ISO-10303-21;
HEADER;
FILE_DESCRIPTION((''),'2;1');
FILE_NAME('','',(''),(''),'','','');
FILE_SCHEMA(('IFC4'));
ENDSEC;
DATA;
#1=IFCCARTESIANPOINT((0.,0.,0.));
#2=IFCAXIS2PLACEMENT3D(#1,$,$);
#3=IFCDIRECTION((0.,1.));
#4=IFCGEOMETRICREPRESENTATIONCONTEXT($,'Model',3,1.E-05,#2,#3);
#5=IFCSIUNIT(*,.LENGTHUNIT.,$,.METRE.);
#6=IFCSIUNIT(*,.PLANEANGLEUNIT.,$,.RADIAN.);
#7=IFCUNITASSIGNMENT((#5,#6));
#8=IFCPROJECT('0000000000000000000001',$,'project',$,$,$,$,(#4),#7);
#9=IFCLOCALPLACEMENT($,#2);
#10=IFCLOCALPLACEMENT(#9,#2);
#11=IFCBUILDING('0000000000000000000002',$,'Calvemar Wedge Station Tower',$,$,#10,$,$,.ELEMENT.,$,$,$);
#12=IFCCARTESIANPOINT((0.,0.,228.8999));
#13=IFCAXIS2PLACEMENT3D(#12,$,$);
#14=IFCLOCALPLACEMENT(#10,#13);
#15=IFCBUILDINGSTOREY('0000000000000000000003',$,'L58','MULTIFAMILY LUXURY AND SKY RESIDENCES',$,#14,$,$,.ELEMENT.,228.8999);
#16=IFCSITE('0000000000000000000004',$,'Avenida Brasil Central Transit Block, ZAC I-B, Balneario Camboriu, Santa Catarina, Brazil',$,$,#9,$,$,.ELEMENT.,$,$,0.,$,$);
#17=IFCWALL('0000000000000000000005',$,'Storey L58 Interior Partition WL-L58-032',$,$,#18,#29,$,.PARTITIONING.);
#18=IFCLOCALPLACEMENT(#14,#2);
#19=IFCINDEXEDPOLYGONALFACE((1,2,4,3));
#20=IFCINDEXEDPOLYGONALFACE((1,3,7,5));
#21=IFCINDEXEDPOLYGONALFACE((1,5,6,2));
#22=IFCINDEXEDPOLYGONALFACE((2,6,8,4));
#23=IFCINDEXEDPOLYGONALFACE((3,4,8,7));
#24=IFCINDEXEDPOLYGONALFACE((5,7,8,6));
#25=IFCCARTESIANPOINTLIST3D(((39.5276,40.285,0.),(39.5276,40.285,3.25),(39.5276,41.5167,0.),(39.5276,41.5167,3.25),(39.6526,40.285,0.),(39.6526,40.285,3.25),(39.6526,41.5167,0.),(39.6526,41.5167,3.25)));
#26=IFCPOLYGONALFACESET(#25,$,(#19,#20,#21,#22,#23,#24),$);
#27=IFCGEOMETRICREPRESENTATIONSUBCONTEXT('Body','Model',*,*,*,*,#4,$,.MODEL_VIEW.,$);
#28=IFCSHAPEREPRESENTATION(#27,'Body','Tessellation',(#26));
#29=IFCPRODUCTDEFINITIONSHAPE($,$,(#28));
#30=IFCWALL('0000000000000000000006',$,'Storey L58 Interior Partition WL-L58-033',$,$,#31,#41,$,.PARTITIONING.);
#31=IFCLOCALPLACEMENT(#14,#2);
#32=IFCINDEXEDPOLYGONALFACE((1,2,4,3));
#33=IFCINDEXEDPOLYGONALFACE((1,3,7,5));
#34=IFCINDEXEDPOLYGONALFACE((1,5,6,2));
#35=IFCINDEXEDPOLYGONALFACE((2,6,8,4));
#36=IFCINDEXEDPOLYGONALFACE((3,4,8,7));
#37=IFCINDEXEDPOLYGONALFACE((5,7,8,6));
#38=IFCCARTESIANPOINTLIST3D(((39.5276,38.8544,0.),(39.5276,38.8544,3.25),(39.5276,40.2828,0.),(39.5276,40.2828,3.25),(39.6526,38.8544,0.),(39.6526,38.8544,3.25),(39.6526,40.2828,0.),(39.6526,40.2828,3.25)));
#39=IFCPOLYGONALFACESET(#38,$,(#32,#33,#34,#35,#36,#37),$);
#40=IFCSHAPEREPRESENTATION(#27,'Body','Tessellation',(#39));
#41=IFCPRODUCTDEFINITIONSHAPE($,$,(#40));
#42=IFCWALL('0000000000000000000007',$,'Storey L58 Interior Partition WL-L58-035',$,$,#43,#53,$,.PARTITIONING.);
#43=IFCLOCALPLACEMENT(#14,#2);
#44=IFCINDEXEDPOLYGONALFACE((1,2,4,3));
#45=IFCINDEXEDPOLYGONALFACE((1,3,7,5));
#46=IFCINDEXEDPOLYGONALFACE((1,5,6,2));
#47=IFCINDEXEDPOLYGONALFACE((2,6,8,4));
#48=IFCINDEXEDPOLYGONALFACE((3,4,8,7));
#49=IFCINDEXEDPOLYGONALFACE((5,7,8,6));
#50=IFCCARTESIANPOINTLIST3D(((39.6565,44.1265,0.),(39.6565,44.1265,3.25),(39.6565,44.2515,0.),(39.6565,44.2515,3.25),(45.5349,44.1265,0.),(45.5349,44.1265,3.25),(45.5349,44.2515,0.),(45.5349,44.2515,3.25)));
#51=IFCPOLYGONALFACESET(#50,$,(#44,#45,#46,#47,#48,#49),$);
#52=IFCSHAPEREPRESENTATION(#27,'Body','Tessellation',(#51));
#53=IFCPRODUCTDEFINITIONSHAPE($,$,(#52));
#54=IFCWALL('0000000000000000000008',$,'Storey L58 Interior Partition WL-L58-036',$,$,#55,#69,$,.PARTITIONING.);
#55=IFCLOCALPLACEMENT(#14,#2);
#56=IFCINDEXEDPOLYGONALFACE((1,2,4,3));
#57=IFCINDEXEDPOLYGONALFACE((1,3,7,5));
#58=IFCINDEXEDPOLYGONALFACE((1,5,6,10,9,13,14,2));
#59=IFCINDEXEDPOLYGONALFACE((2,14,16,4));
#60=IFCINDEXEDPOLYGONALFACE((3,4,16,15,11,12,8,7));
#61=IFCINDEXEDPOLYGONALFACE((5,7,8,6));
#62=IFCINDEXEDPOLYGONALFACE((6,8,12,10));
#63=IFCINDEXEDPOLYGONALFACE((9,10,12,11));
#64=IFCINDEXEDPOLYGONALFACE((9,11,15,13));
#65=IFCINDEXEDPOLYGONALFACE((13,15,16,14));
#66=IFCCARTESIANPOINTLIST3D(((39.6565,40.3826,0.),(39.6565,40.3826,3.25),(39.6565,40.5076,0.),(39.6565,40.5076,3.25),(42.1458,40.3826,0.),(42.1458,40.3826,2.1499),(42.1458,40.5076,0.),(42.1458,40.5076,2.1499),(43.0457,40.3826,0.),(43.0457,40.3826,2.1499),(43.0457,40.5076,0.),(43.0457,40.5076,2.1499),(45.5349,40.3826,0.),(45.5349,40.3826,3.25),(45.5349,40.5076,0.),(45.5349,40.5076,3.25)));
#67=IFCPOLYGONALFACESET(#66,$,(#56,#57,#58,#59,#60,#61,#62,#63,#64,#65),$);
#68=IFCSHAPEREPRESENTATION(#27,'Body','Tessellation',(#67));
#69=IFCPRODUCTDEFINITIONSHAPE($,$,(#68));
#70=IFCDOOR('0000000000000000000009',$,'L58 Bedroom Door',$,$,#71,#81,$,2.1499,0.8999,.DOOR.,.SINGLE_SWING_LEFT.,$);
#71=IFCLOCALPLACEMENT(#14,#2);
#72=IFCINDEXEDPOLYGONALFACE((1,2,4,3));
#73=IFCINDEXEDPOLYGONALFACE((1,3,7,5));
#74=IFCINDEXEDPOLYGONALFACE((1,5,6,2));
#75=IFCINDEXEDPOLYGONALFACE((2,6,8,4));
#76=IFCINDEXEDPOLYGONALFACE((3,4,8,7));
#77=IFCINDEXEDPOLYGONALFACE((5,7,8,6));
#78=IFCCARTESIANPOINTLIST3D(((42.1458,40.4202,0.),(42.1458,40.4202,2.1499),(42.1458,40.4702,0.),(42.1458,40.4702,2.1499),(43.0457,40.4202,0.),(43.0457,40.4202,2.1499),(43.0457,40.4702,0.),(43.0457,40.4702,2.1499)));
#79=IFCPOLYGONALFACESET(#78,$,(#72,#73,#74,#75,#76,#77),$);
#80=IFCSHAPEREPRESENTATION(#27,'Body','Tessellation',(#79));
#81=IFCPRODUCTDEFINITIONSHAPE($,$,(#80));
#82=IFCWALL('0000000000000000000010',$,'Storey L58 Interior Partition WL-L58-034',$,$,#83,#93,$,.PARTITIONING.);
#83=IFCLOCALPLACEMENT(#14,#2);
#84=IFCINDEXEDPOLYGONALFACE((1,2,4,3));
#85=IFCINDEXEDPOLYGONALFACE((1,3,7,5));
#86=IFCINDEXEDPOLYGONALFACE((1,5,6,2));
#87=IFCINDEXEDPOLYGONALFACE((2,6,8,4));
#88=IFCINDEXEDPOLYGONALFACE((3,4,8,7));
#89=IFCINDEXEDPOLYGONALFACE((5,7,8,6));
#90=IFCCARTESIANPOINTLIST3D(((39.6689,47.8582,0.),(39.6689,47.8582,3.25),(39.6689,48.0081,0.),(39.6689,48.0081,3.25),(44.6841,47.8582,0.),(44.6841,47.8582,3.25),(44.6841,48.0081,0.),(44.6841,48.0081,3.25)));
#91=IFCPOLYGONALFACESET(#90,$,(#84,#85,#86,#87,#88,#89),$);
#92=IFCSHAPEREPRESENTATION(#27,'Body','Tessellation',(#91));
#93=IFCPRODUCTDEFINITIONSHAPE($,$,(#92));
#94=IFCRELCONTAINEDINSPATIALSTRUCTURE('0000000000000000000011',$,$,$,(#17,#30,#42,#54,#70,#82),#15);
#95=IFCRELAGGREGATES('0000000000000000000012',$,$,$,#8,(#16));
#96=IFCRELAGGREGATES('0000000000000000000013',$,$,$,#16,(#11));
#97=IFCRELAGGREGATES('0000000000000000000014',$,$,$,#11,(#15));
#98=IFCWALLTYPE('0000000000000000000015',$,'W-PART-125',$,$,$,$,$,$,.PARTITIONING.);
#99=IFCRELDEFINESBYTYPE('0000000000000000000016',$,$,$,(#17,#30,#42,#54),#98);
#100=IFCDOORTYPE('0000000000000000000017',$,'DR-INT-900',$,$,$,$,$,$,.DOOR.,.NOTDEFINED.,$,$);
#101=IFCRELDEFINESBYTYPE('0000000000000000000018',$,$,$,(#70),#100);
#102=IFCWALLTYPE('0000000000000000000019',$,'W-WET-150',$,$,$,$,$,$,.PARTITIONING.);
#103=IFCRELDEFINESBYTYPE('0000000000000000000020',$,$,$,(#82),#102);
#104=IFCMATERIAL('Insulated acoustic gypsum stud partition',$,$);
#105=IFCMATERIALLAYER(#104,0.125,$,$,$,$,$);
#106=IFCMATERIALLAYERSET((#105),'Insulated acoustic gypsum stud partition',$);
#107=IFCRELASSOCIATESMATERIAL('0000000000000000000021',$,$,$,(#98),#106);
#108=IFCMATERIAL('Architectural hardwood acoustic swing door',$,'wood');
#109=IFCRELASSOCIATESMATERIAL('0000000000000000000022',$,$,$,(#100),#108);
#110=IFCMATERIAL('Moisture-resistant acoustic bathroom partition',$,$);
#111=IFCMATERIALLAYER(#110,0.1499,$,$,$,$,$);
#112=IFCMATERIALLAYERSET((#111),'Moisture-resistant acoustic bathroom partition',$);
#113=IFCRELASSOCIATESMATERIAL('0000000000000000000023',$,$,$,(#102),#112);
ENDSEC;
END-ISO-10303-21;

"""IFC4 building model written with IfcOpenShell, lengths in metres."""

from ifc_helpers import new_model, si_unit, direction, frame, frame_2d, origin, place, context, subcontext, project, spatial, rectangle, extrude, source, transform, mapped, material, layer, layer_set, type_object, element, fill, save


model = new_model("IFC4")

# Units and contexts
model_context = context("Model", 3, precision=1e-05, world=origin(), true_north=direction((0.0, 1.0)))
body_context = subcontext(model_context, "Body", "Model", "MODEL_VIEW")
ifc_project = project(units=[si_unit("LENGTHUNIT", "METRE"), si_unit("PLANEANGLEUNIT", "RADIAN")], contexts=[model_context])

# Site, building, storey
site_placement = place(None, origin())
site = spatial("IfcSite", under=ifc_project, at=site_placement, Name="Avenida Brasil Central Transit Block, ZAC I-B, Balneario Camboriu, Santa Catarina, Brazil", CompositionType="ELEMENT", RefElevation=0.0)
building_placement = place(site_placement, origin())
building = spatial("IfcBuilding", under=site, at=building_placement, Name="Calvemar Wedge Station Tower", CompositionType="ELEMENT")
storey_placement = place(building_placement, frame((0.0, 0.0, 228.8999)))
storey = spatial("IfcBuildingStorey", under=building, at=storey_placement, Name="L58", Description="MULTIFAMILY LUXURY AND SKY RESIDENCES", CompositionType="ELEMENT", Elevation=228.8999)

# Shared definitions
ifc_material_1 = material(Name="Insulated acoustic gypsum stud partition")
ifc_layer_1 = layer(ifc_material_1, 0.125)
ifc_layer_set_1 = layer_set([ifc_layer_1], Name="Insulated acoustic gypsum stud partition")
wall_type_1 = type_object("IfcWallType", Name="W-PART-125", PredefinedType="PARTITIONING", material=ifc_layer_set_1)

# Shared definitions
shared_shape_1 = source(origin(), body_context, "Body", "SweptSolid", [
    extrude(rectangle(XDim=0.8999, YDim=2.1499, at=frame_2d((0.45, 1.075))), frame((0.0, 0.0725, 0.0), z_axis=(0.0, -1.0, 0.0), x_axis=(1.0, 0.0, 0.0)), (0.0, 0.0, 1.0), 0.145),
])
ifc_material_2 = material(Name="Architectural hardwood acoustic swing door", Category="wood")
door_type_1 = type_object("IfcDoorType", Name="DR-INT-900", OperationType="NOTDEFINED", PredefinedType="DOOR", material=ifc_material_2)
shared_shape_2 = source(origin(), body_context, "Body", "SweptSolid", [
    extrude(rectangle(XDim=0.8999, YDim=2.1499, at=frame_2d((0.45, 1.075))), frame((0.0, 0.0249, 0.0), z_axis=(0.0, -1.0, 0.0), x_axis=(1.0, 0.0, 0.0)), (0.0, 0.0, 1.0), 0.05),
])

# Walls
wall_1_placement = place(storey_placement, frame((39.5901, 41.5166, 0.0), z_axis=(0.0, 0.0, 1.0), x_axis=(0.0, -1.0, 0.0)))
element("IfcWall", 1, at=wall_1_placement, inside=storey, type_object=wall_type_1, Name="Storey L58 Interior Partition WL-L58-032", PredefinedType="PARTITIONING", context=body_context, shape_type="SweptSolid", body=[
    extrude(rectangle(XDim=1.2317, YDim=0.125, at=frame_2d((0.6157, 0.0))), origin(), (0.0, 0.0, 1.0), 3.25),
])
wall_2_placement = place(storey_placement, frame((39.5901, 40.283, 0.0), z_axis=(0.0, 0.0, 1.0), x_axis=(0.0, -1.0, 0.0)))
element("IfcWall", 2, at=wall_2_placement, inside=storey, type_object=wall_type_1, Name="Storey L58 Interior Partition WL-L58-033", PredefinedType="PARTITIONING", context=body_context, shape_type="SweptSolid", body=[
    extrude(rectangle(XDim=1.4285, YDim=0.125, at=frame_2d((0.7144, 0.0))), origin(), (0.0, 0.0, 1.0), 3.25),
])
wall_3_placement = place(storey_placement, frame((45.5349, 44.189, 0.0), z_axis=(0.0, 0.0, 1.0), x_axis=(-1.0, 0.0, 0.0)))
element("IfcWall", 3, at=wall_3_placement, inside=storey, type_object=wall_type_1, Name="Storey L58 Interior Partition WL-L58-035", PredefinedType="PARTITIONING", context=body_context, shape_type="SweptSolid", body=[
    extrude(rectangle(XDim=5.8784, YDim=0.125, at=frame_2d((2.9392, 0.0))), origin(), (0.0, 0.0, 1.0), 3.25),
])

# Wall, opening, door
wall_4_placement = place(storey_placement, frame((45.5349, 40.4451, 0.0), z_axis=(0.0, 0.0, 1.0), x_axis=(-1.0, 0.0, 0.0)))
wall_4 = element("IfcWall", 4, at=wall_4_placement, inside=storey, type_object=wall_type_1, Name="Storey L58 Interior Partition WL-L58-036", PredefinedType="PARTITIONING", context=body_context, shape_type="SweptSolid", body=[
    extrude(rectangle(XDim=5.8784, YDim=0.125, at=frame_2d((2.9392, 0.0))), origin(), (0.0, 0.0, 1.0), 3.25),
])
opening_1_placement = place(wall_4_placement, frame((2.4893, 0.0, 0.0)))
opening_1 = element("IfcOpeningElement", 5, at=opening_1_placement, cuts=wall_4, PredefinedType="OPENING", context=body_context, shape_type="MappedRepresentation", body=[
    mapped(shared_shape_1, transform((0.0, 0.0, 0.0), scale=1.0)),
])
door_1_placement = place(opening_1_placement, origin())
door_1 = element("IfcDoor", 6, at=door_1_placement, inside=storey, type_object=door_type_1, Name="L58 Bedroom Door", OperationType="SINGLE_SWING_LEFT", OverallHeight=2.1499, OverallWidth=0.8999, PredefinedType="DOOR", context=body_context, shape_type="MappedRepresentation", body=[
    mapped(shared_shape_2, transform((0.0, 0.0, 0.0), scale=1.0)),
])
fill(opening_1, door_1)
ifc_material_3 = material(Name="Moisture-resistant acoustic bathroom partition")
ifc_layer_2 = layer(ifc_material_3, 0.1499)
ifc_layer_set_2 = layer_set([ifc_layer_2], Name="Moisture-resistant acoustic bathroom partition")
wall_type_2 = type_object("IfcWallType", Name="W-WET-150", PredefinedType="PARTITIONING", material=ifc_layer_set_2)

# Wall
wall_5_placement = place(storey_placement, frame((44.6841, 47.9331, 0.0), z_axis=(0.0, 0.0, 1.0), x_axis=(-1.0, 0.0, 0.0)))
element("IfcWall", 7, at=wall_5_placement, inside=storey, type_object=wall_type_2, Name="Storey L58 Interior Partition WL-L58-034", PredefinedType="PARTITIONING", context=body_context, shape_type="SweptSolid", body=[
    extrude(rectangle(XDim=5.0151, YDim=0.1499, at=frame_2d((2.5076, 0.0))), origin(), (0.0, 0.0, 1.0), 3.25),
])

save(model, "model.ifc")
